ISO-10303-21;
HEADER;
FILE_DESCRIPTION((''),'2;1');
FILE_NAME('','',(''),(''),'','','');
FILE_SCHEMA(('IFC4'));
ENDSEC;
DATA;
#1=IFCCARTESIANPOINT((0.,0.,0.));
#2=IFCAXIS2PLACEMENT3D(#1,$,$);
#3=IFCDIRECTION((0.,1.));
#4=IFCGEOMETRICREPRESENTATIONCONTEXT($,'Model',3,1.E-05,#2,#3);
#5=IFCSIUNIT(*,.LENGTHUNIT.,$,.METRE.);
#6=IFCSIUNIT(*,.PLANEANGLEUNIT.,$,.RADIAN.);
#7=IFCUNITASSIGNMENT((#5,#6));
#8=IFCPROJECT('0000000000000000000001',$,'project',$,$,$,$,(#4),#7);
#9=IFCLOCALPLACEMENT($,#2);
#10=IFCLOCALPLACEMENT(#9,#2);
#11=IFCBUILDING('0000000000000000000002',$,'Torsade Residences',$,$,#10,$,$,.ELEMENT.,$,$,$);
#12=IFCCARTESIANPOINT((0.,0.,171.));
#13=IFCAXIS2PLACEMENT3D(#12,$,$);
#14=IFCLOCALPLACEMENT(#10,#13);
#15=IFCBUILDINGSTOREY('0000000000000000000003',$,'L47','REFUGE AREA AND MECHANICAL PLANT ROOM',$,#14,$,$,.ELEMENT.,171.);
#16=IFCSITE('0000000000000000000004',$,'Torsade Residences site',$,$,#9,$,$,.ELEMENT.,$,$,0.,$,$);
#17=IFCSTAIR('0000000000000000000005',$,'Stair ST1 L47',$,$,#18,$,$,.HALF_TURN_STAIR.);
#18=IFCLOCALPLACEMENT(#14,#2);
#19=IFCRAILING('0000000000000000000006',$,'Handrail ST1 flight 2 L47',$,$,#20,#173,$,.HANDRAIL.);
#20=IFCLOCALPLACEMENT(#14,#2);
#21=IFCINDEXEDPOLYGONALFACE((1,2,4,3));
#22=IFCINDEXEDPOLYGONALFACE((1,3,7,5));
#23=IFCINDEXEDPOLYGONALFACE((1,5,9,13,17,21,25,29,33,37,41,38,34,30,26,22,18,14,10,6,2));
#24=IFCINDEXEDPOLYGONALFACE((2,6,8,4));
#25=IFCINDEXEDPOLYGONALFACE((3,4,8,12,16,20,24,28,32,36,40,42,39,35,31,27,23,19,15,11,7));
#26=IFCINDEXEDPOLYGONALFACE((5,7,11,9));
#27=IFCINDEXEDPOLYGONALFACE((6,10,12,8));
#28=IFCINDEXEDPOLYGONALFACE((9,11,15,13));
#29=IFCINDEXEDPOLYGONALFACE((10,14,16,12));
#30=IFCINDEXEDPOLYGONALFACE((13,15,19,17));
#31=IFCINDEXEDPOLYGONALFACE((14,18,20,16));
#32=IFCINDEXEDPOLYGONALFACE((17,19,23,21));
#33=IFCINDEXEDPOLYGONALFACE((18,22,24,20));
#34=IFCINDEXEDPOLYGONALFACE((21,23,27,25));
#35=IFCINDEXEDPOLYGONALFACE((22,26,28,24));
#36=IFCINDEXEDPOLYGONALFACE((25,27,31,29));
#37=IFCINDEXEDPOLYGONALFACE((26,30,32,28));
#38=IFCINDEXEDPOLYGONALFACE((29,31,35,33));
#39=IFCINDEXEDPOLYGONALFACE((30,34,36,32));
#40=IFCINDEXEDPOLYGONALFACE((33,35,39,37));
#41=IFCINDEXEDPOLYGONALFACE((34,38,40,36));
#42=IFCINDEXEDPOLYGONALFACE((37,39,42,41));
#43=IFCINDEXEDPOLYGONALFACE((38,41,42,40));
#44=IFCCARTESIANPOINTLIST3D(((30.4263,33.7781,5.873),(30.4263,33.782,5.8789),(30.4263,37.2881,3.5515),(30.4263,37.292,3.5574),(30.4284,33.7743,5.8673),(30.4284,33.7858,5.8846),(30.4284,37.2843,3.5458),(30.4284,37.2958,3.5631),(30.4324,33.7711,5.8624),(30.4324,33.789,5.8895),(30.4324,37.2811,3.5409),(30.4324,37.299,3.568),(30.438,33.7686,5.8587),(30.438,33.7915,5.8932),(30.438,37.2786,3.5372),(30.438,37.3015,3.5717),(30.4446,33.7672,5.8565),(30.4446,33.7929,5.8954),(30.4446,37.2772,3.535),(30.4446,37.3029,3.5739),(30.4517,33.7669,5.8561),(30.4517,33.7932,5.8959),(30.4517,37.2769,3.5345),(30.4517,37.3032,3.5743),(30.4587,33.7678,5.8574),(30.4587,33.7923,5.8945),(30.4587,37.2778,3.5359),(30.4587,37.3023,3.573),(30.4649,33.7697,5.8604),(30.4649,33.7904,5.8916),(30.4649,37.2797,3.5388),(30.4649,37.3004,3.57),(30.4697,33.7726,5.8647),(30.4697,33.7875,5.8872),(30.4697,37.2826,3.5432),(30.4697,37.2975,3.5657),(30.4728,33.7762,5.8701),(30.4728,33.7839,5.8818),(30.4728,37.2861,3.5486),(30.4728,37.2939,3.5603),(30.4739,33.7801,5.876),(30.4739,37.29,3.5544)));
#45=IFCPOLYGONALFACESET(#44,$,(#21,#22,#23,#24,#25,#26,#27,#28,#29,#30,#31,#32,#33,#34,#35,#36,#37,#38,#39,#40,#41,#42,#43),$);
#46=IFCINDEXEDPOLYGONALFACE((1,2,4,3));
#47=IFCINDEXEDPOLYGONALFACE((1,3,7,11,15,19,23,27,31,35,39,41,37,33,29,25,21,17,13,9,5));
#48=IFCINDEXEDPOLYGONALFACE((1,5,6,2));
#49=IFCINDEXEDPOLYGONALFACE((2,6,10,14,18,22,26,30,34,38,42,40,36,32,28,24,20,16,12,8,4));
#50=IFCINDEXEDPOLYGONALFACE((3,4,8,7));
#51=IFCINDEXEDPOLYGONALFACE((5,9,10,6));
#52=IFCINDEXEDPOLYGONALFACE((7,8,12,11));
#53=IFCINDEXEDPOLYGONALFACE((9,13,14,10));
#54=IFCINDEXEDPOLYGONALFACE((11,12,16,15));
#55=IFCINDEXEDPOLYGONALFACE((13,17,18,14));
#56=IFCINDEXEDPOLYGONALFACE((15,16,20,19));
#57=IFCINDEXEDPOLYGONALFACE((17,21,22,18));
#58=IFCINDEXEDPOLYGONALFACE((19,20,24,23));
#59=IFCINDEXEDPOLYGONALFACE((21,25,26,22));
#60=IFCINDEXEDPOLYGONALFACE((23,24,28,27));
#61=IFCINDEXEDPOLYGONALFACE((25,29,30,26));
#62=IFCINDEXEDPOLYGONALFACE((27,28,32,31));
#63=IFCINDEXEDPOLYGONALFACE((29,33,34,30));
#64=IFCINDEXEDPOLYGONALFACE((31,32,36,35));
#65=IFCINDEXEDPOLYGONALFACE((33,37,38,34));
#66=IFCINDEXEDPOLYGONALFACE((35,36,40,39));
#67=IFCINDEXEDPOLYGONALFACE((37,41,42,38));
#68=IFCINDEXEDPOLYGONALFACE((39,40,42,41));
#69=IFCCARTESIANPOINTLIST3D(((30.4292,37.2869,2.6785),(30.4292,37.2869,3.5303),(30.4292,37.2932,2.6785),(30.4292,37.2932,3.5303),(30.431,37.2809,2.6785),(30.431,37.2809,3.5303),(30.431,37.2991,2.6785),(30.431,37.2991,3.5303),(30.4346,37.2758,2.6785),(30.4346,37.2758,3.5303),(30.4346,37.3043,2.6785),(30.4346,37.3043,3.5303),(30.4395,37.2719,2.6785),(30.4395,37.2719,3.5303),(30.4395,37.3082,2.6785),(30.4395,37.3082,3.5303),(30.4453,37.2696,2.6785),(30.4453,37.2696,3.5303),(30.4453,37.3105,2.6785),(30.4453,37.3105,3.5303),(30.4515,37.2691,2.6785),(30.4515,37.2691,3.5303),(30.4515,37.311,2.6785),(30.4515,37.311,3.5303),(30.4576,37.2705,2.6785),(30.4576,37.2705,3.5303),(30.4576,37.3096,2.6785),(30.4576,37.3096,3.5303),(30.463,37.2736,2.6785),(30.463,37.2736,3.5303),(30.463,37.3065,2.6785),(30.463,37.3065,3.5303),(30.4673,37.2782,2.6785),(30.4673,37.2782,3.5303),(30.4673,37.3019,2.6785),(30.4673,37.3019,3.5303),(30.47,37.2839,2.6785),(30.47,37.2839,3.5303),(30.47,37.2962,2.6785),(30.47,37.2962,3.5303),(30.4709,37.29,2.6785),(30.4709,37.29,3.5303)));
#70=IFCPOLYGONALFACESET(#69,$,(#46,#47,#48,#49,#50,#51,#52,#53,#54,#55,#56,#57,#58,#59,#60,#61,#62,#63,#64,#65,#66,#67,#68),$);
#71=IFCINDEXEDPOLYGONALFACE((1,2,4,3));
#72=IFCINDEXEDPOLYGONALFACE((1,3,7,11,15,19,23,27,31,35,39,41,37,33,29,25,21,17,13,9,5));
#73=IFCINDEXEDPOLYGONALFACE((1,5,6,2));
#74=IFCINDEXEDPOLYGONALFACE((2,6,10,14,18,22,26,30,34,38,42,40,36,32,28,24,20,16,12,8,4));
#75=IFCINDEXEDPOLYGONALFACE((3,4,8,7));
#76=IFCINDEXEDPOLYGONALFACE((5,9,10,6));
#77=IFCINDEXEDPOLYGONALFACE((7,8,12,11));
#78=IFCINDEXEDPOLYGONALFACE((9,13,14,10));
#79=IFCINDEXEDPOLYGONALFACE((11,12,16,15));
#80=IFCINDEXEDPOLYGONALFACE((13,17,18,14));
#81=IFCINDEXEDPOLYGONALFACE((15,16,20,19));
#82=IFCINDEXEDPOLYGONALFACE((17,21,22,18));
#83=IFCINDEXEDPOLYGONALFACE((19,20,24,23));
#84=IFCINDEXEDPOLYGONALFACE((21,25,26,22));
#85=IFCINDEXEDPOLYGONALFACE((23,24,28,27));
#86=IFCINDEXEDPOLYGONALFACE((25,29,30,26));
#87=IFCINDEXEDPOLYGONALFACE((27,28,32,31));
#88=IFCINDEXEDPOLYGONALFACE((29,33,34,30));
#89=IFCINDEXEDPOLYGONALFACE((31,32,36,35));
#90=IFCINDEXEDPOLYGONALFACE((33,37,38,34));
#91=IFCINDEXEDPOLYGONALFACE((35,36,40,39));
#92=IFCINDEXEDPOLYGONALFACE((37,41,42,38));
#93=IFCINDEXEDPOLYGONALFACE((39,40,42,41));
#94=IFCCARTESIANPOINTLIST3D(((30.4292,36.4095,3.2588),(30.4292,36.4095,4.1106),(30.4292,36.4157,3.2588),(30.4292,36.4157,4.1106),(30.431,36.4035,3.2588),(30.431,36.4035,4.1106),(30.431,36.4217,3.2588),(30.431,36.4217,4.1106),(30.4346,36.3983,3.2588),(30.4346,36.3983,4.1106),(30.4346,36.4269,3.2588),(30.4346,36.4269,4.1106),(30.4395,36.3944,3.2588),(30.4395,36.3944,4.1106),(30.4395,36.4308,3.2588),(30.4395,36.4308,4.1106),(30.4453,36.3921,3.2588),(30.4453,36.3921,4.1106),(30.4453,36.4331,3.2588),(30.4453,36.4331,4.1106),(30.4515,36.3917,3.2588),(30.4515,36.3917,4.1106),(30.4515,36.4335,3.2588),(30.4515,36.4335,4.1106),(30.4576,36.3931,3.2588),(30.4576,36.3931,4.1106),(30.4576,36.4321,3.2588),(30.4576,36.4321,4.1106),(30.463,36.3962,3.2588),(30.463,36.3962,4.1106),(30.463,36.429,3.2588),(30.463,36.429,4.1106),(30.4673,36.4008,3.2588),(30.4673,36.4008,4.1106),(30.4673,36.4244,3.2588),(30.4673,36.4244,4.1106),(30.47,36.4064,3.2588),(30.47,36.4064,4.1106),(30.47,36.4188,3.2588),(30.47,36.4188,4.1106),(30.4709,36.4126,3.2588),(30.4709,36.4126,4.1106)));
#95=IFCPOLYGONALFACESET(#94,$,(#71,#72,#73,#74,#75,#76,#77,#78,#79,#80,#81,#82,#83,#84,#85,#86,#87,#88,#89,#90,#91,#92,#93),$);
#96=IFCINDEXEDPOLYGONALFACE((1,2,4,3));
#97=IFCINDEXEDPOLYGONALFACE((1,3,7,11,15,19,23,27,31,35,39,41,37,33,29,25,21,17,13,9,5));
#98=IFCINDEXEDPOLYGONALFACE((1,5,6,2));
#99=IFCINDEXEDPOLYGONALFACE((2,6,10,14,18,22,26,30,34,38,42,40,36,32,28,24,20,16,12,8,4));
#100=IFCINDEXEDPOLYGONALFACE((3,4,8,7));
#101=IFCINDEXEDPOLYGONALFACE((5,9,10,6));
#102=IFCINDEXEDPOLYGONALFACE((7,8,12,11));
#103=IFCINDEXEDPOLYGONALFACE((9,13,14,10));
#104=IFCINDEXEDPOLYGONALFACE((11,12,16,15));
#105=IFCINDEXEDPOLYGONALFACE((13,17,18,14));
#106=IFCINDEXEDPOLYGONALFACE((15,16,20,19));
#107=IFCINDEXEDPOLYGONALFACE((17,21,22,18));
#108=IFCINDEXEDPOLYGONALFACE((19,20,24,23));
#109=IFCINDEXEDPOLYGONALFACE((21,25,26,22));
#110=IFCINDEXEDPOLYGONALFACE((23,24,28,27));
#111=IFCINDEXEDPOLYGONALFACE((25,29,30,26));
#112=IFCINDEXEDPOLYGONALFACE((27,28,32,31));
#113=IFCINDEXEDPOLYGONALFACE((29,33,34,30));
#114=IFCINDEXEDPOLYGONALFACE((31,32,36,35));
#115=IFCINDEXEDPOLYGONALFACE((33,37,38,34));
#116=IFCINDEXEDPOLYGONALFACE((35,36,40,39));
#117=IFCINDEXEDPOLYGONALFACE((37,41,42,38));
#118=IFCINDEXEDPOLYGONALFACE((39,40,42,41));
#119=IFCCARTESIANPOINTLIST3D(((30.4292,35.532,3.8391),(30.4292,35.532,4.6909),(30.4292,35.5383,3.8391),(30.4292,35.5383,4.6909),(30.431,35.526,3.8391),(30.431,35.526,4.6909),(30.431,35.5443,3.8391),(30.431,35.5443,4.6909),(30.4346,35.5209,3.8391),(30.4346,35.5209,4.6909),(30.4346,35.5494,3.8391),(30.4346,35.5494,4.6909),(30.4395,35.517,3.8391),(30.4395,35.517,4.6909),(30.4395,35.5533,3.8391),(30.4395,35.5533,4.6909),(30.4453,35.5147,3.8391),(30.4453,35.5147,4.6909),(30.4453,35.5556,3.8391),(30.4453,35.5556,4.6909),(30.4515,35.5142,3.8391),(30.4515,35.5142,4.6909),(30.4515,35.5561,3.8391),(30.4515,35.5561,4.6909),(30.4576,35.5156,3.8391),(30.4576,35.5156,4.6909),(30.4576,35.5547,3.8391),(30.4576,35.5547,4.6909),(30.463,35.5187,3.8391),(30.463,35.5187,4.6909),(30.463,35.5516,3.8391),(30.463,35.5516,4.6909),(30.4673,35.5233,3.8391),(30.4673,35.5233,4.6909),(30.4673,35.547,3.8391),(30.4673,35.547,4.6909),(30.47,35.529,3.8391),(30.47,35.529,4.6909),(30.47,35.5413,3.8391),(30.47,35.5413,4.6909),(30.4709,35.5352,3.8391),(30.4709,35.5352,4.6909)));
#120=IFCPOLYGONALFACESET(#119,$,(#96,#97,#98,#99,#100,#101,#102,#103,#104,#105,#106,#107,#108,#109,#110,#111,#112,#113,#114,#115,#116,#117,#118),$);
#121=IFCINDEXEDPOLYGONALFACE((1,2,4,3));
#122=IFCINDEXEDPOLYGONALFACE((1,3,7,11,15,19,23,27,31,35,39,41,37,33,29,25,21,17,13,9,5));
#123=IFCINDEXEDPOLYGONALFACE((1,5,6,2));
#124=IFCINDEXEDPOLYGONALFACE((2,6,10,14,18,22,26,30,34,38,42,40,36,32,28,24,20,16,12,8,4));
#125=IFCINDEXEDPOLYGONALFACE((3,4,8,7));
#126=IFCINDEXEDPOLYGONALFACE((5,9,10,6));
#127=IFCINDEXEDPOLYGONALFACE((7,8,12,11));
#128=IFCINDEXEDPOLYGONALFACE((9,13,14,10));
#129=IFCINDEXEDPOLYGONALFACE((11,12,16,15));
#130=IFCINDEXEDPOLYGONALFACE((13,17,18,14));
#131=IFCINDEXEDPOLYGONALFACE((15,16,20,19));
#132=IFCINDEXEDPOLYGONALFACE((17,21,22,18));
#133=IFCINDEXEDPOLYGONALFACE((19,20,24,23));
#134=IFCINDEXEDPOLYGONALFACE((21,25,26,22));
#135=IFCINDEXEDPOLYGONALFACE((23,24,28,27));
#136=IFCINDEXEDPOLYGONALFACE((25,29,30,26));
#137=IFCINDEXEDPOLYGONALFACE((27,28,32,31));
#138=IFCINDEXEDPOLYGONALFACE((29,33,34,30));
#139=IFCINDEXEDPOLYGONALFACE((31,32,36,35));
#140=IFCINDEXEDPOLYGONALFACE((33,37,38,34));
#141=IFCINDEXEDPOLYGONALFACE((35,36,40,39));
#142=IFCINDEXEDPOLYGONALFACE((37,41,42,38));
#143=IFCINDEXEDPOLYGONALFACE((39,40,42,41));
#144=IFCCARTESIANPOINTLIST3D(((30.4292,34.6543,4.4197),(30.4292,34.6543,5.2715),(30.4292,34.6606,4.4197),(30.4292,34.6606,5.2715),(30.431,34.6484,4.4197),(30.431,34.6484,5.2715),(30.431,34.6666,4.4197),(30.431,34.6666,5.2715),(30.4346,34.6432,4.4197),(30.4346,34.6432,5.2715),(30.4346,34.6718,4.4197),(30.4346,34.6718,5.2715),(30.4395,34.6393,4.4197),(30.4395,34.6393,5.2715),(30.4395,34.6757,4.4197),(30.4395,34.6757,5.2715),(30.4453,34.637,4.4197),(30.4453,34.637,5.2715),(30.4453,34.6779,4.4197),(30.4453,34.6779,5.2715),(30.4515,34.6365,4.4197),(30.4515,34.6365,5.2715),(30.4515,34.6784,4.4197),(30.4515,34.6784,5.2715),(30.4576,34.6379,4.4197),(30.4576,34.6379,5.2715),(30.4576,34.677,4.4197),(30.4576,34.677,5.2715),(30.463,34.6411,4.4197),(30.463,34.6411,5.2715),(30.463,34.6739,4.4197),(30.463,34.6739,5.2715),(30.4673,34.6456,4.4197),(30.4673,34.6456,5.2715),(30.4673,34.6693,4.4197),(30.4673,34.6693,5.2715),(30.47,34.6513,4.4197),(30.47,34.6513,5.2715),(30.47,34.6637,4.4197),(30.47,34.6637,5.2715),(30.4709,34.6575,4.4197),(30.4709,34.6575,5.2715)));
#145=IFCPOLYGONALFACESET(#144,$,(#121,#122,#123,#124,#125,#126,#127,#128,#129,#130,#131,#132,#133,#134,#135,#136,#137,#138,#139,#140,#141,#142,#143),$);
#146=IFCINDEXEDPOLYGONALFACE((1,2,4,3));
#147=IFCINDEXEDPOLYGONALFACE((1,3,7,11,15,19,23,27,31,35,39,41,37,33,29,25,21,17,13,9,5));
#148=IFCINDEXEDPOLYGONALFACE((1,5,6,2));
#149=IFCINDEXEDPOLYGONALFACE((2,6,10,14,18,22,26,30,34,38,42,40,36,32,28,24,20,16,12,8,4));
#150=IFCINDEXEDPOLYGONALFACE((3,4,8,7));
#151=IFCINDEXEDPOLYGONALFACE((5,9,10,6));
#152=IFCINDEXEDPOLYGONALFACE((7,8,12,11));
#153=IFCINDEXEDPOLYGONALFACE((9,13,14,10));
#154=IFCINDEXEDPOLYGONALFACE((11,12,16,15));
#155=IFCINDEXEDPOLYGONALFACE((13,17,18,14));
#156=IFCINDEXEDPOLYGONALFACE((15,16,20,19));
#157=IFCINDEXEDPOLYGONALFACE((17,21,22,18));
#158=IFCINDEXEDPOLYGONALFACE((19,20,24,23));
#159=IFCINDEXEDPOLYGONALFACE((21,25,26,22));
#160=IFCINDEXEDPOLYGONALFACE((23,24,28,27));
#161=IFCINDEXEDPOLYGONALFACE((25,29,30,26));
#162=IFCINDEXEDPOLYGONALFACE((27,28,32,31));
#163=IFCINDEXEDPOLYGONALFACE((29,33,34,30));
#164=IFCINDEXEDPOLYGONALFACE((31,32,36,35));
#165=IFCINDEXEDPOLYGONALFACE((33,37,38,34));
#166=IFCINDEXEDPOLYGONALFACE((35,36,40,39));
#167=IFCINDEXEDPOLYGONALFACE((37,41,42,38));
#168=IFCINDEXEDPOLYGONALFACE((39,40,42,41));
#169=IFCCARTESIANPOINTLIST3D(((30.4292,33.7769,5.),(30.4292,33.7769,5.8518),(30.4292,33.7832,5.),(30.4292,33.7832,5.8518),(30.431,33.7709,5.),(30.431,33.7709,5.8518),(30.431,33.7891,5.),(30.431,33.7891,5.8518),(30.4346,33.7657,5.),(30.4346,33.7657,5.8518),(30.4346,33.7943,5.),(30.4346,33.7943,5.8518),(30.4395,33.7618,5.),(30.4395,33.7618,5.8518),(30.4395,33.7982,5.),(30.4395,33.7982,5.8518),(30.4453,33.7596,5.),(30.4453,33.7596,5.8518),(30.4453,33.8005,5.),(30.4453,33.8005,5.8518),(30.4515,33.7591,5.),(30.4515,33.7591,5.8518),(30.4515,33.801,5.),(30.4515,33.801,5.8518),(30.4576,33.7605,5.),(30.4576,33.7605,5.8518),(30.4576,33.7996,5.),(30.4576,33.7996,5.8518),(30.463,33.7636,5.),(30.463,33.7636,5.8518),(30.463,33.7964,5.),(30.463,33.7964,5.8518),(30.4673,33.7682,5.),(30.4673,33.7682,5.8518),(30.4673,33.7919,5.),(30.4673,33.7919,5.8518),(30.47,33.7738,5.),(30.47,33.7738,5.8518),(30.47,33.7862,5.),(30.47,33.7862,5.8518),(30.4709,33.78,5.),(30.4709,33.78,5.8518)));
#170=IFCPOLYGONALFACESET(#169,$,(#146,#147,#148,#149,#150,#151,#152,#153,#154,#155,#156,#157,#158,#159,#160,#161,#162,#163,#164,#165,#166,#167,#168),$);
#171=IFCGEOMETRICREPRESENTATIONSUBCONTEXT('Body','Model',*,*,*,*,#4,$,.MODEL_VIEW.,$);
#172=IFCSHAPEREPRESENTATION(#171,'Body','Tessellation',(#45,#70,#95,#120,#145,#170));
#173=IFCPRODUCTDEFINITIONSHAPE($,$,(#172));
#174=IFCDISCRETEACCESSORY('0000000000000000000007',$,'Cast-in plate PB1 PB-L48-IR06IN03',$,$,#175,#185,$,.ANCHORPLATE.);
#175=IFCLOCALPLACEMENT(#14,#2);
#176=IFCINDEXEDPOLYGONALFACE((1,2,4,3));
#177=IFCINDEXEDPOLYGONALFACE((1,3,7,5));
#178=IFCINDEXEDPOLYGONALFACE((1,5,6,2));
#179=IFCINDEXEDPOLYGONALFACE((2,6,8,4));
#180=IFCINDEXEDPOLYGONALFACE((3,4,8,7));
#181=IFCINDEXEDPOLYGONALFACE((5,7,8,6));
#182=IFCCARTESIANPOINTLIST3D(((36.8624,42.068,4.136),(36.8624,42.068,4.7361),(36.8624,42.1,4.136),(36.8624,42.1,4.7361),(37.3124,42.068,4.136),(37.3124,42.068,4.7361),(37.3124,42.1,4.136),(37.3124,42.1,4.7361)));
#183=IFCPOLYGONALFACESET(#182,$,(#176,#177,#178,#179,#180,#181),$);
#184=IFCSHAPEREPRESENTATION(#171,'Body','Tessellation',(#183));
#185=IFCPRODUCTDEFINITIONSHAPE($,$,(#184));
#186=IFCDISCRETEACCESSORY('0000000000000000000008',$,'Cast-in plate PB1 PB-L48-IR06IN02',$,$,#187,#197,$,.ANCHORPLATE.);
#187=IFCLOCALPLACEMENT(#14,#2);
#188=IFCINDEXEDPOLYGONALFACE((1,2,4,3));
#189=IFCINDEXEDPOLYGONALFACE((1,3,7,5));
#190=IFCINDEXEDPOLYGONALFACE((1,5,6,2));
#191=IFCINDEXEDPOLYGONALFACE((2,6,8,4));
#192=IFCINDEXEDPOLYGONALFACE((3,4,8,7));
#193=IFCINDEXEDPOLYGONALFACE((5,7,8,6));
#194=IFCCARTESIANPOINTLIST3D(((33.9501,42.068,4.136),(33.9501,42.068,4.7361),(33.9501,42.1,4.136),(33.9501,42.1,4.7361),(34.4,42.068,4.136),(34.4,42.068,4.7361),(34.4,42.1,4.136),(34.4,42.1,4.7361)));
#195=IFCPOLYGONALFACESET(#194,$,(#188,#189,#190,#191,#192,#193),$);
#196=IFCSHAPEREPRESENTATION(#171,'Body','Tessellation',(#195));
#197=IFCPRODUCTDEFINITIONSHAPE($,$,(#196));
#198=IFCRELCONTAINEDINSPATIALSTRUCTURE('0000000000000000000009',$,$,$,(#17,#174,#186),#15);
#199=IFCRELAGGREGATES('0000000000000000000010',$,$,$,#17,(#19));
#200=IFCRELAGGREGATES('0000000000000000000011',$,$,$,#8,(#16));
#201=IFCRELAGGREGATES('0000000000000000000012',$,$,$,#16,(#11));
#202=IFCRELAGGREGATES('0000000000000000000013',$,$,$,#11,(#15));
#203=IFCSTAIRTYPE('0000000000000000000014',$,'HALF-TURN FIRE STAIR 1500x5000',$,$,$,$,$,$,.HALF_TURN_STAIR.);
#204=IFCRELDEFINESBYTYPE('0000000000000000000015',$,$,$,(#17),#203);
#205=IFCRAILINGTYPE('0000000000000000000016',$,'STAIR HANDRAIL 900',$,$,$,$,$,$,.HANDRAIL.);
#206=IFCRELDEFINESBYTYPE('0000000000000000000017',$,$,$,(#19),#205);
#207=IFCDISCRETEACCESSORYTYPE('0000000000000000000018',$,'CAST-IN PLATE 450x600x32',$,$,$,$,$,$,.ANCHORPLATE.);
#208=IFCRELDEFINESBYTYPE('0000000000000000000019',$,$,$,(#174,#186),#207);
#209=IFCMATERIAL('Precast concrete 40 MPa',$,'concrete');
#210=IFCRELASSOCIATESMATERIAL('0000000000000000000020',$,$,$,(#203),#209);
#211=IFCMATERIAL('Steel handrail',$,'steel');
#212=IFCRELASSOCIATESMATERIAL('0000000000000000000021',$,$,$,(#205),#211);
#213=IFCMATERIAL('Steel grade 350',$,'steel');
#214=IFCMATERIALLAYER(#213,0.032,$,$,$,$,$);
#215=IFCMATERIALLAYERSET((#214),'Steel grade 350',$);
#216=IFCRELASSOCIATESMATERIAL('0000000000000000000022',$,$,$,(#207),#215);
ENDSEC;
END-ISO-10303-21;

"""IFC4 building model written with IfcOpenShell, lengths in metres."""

from ifc_helpers import new_model, si_unit, direction, frame, origin, origin_2d, place, context, subcontext, project, spatial, rectangle, circle, extrude, material, layer, layer_set, type_object, element, aggregate, save


model = new_model("IFC4")

# Units and contexts
model_context = context("Model", 3, precision=1e-05, world=origin(), true_north=direction((0.0, 1.0)))
body_context = subcontext(model_context, "Body", "Model", "MODEL_VIEW")
ifc_project = project(units=[si_unit("LENGTHUNIT", "METRE"), si_unit("PLANEANGLEUNIT", "RADIAN")], contexts=[model_context])

# Site, building, storey
site_placement = place(None, origin())
site = spatial("IfcSite", under=ifc_project, at=site_placement, Name="Torsade Residences site", CompositionType="ELEMENT", RefElevation=0.0)
building_placement = place(site_placement, origin())
building = spatial("IfcBuilding", under=site, at=building_placement, Name="Torsade Residences", CompositionType="ELEMENT")
storey_placement = place(building_placement, frame((0.0, 0.0, 171.0)))
storey = spatial("IfcBuildingStorey", under=building, at=storey_placement, Name="L47", Description="REFUGE AREA AND MECHANICAL PLANT ROOM", CompositionType="ELEMENT", Elevation=171.0)

# Stair, railing
ifc_material_1 = material(Name="Precast concrete 40 MPa", Category="concrete")
stair_type = type_object("IfcStairType", Name="HALF-TURN FIRE STAIR 1500x5000", PredefinedType="HALF_TURN_STAIR", material=ifc_material_1)
stair_placement = place(storey_placement, origin())
stair = element("IfcStair", 1, at=stair_placement, inside=storey, type_object=stair_type, Name="Stair ST1 L47", PredefinedType="HALF_TURN_STAIR")
ifc_material_2 = material(Name="Steel handrail", Category="steel")
railing_type = type_object("IfcRailingType", Name="STAIR HANDRAIL 900", PredefinedType="HANDRAIL", material=ifc_material_2)
railing_1_placement = place(storey_placement, frame((30.45, 37.29, 2.6785)))
railing_1 = element("IfcRailing", 2, at=railing_1_placement, type_object=railing_type, Name="Handrail ST1 flight 2 L47", PredefinedType="HANDRAIL", context=body_context, shape_type="SweptSolid", body=[
    extrude(circle(Radius=0.0239, at=origin_2d()), frame((0.0, 0.0, 0.876), z_axis=(0.0, -0.834071, 0.551657), x_axis=(1.0, 0.0, 0.0)), (0.0, 0.0, 1.0), 4.2083),
    extrude(circle(Radius=0.021, at=origin_2d()), origin(), (0.0, 0.0, 1.0), 0.8518),
    extrude(circle(Radius=0.021, at=origin_2d()), frame((0.0, -0.8774, 0.5803)), (0.0, 0.0, 1.0), 0.8518),
    extrude(circle(Radius=0.021, at=origin_2d()), frame((0.0, -1.7549, 1.1606)), (0.0, 0.0, 1.0), 0.8518),
    extrude(circle(Radius=0.021, at=origin_2d()), frame((0.0, -2.6326, 1.7412)), (0.0, 0.0, 1.0), 0.8518),
    extrude(circle(Radius=0.021, at=origin_2d()), frame((0.0, -3.51, 2.3215)), (0.0, 0.0, 1.0), 0.8518),
])
aggregate(stair, [railing_1])

# Discrete accessories
ifc_material_3 = material(Name="Steel grade 350", Category="steel")
ifc_layer_1 = layer(ifc_material_3, 0.032)
ifc_layer_set_1 = layer_set([ifc_layer_1], Name="Steel grade 350")
discrete_accessory_type = type_object("IfcDiscreteAccessoryType", Name="CAST-IN PLATE 450x600x32", PredefinedType="ANCHORPLATE", material=ifc_layer_set_1)
for number, where, z_axis, x_axis, name in (
    (3, (37.0874, 42.084, 4.136), (0.0, 0.0, 1.0), (1.0, 0.0, 0.0), "Cast-in plate PB1 PB-L48-IR06IN03"),
    (4, (34.175, 42.084, 4.136), (0.0, 0.0, 1.0), (1.0, 0.0, 0.0), "Cast-in plate PB1 PB-L48-IR06IN02"),
):
    element("IfcDiscreteAccessory", number, at=place(storey_placement, frame(where, z_axis=z_axis, x_axis=x_axis)), inside=storey, type_object=discrete_accessory_type, Name=name, PredefinedType="ANCHORPLATE", context=body_context, shape_type="SweptSolid", body=[
        extrude(rectangle(XDim=0.45, YDim=0.032, at=origin_2d()), origin(), (0.0, 0.0, 1.0), 0.6001),
    ])

save(model, "model.ifc")
